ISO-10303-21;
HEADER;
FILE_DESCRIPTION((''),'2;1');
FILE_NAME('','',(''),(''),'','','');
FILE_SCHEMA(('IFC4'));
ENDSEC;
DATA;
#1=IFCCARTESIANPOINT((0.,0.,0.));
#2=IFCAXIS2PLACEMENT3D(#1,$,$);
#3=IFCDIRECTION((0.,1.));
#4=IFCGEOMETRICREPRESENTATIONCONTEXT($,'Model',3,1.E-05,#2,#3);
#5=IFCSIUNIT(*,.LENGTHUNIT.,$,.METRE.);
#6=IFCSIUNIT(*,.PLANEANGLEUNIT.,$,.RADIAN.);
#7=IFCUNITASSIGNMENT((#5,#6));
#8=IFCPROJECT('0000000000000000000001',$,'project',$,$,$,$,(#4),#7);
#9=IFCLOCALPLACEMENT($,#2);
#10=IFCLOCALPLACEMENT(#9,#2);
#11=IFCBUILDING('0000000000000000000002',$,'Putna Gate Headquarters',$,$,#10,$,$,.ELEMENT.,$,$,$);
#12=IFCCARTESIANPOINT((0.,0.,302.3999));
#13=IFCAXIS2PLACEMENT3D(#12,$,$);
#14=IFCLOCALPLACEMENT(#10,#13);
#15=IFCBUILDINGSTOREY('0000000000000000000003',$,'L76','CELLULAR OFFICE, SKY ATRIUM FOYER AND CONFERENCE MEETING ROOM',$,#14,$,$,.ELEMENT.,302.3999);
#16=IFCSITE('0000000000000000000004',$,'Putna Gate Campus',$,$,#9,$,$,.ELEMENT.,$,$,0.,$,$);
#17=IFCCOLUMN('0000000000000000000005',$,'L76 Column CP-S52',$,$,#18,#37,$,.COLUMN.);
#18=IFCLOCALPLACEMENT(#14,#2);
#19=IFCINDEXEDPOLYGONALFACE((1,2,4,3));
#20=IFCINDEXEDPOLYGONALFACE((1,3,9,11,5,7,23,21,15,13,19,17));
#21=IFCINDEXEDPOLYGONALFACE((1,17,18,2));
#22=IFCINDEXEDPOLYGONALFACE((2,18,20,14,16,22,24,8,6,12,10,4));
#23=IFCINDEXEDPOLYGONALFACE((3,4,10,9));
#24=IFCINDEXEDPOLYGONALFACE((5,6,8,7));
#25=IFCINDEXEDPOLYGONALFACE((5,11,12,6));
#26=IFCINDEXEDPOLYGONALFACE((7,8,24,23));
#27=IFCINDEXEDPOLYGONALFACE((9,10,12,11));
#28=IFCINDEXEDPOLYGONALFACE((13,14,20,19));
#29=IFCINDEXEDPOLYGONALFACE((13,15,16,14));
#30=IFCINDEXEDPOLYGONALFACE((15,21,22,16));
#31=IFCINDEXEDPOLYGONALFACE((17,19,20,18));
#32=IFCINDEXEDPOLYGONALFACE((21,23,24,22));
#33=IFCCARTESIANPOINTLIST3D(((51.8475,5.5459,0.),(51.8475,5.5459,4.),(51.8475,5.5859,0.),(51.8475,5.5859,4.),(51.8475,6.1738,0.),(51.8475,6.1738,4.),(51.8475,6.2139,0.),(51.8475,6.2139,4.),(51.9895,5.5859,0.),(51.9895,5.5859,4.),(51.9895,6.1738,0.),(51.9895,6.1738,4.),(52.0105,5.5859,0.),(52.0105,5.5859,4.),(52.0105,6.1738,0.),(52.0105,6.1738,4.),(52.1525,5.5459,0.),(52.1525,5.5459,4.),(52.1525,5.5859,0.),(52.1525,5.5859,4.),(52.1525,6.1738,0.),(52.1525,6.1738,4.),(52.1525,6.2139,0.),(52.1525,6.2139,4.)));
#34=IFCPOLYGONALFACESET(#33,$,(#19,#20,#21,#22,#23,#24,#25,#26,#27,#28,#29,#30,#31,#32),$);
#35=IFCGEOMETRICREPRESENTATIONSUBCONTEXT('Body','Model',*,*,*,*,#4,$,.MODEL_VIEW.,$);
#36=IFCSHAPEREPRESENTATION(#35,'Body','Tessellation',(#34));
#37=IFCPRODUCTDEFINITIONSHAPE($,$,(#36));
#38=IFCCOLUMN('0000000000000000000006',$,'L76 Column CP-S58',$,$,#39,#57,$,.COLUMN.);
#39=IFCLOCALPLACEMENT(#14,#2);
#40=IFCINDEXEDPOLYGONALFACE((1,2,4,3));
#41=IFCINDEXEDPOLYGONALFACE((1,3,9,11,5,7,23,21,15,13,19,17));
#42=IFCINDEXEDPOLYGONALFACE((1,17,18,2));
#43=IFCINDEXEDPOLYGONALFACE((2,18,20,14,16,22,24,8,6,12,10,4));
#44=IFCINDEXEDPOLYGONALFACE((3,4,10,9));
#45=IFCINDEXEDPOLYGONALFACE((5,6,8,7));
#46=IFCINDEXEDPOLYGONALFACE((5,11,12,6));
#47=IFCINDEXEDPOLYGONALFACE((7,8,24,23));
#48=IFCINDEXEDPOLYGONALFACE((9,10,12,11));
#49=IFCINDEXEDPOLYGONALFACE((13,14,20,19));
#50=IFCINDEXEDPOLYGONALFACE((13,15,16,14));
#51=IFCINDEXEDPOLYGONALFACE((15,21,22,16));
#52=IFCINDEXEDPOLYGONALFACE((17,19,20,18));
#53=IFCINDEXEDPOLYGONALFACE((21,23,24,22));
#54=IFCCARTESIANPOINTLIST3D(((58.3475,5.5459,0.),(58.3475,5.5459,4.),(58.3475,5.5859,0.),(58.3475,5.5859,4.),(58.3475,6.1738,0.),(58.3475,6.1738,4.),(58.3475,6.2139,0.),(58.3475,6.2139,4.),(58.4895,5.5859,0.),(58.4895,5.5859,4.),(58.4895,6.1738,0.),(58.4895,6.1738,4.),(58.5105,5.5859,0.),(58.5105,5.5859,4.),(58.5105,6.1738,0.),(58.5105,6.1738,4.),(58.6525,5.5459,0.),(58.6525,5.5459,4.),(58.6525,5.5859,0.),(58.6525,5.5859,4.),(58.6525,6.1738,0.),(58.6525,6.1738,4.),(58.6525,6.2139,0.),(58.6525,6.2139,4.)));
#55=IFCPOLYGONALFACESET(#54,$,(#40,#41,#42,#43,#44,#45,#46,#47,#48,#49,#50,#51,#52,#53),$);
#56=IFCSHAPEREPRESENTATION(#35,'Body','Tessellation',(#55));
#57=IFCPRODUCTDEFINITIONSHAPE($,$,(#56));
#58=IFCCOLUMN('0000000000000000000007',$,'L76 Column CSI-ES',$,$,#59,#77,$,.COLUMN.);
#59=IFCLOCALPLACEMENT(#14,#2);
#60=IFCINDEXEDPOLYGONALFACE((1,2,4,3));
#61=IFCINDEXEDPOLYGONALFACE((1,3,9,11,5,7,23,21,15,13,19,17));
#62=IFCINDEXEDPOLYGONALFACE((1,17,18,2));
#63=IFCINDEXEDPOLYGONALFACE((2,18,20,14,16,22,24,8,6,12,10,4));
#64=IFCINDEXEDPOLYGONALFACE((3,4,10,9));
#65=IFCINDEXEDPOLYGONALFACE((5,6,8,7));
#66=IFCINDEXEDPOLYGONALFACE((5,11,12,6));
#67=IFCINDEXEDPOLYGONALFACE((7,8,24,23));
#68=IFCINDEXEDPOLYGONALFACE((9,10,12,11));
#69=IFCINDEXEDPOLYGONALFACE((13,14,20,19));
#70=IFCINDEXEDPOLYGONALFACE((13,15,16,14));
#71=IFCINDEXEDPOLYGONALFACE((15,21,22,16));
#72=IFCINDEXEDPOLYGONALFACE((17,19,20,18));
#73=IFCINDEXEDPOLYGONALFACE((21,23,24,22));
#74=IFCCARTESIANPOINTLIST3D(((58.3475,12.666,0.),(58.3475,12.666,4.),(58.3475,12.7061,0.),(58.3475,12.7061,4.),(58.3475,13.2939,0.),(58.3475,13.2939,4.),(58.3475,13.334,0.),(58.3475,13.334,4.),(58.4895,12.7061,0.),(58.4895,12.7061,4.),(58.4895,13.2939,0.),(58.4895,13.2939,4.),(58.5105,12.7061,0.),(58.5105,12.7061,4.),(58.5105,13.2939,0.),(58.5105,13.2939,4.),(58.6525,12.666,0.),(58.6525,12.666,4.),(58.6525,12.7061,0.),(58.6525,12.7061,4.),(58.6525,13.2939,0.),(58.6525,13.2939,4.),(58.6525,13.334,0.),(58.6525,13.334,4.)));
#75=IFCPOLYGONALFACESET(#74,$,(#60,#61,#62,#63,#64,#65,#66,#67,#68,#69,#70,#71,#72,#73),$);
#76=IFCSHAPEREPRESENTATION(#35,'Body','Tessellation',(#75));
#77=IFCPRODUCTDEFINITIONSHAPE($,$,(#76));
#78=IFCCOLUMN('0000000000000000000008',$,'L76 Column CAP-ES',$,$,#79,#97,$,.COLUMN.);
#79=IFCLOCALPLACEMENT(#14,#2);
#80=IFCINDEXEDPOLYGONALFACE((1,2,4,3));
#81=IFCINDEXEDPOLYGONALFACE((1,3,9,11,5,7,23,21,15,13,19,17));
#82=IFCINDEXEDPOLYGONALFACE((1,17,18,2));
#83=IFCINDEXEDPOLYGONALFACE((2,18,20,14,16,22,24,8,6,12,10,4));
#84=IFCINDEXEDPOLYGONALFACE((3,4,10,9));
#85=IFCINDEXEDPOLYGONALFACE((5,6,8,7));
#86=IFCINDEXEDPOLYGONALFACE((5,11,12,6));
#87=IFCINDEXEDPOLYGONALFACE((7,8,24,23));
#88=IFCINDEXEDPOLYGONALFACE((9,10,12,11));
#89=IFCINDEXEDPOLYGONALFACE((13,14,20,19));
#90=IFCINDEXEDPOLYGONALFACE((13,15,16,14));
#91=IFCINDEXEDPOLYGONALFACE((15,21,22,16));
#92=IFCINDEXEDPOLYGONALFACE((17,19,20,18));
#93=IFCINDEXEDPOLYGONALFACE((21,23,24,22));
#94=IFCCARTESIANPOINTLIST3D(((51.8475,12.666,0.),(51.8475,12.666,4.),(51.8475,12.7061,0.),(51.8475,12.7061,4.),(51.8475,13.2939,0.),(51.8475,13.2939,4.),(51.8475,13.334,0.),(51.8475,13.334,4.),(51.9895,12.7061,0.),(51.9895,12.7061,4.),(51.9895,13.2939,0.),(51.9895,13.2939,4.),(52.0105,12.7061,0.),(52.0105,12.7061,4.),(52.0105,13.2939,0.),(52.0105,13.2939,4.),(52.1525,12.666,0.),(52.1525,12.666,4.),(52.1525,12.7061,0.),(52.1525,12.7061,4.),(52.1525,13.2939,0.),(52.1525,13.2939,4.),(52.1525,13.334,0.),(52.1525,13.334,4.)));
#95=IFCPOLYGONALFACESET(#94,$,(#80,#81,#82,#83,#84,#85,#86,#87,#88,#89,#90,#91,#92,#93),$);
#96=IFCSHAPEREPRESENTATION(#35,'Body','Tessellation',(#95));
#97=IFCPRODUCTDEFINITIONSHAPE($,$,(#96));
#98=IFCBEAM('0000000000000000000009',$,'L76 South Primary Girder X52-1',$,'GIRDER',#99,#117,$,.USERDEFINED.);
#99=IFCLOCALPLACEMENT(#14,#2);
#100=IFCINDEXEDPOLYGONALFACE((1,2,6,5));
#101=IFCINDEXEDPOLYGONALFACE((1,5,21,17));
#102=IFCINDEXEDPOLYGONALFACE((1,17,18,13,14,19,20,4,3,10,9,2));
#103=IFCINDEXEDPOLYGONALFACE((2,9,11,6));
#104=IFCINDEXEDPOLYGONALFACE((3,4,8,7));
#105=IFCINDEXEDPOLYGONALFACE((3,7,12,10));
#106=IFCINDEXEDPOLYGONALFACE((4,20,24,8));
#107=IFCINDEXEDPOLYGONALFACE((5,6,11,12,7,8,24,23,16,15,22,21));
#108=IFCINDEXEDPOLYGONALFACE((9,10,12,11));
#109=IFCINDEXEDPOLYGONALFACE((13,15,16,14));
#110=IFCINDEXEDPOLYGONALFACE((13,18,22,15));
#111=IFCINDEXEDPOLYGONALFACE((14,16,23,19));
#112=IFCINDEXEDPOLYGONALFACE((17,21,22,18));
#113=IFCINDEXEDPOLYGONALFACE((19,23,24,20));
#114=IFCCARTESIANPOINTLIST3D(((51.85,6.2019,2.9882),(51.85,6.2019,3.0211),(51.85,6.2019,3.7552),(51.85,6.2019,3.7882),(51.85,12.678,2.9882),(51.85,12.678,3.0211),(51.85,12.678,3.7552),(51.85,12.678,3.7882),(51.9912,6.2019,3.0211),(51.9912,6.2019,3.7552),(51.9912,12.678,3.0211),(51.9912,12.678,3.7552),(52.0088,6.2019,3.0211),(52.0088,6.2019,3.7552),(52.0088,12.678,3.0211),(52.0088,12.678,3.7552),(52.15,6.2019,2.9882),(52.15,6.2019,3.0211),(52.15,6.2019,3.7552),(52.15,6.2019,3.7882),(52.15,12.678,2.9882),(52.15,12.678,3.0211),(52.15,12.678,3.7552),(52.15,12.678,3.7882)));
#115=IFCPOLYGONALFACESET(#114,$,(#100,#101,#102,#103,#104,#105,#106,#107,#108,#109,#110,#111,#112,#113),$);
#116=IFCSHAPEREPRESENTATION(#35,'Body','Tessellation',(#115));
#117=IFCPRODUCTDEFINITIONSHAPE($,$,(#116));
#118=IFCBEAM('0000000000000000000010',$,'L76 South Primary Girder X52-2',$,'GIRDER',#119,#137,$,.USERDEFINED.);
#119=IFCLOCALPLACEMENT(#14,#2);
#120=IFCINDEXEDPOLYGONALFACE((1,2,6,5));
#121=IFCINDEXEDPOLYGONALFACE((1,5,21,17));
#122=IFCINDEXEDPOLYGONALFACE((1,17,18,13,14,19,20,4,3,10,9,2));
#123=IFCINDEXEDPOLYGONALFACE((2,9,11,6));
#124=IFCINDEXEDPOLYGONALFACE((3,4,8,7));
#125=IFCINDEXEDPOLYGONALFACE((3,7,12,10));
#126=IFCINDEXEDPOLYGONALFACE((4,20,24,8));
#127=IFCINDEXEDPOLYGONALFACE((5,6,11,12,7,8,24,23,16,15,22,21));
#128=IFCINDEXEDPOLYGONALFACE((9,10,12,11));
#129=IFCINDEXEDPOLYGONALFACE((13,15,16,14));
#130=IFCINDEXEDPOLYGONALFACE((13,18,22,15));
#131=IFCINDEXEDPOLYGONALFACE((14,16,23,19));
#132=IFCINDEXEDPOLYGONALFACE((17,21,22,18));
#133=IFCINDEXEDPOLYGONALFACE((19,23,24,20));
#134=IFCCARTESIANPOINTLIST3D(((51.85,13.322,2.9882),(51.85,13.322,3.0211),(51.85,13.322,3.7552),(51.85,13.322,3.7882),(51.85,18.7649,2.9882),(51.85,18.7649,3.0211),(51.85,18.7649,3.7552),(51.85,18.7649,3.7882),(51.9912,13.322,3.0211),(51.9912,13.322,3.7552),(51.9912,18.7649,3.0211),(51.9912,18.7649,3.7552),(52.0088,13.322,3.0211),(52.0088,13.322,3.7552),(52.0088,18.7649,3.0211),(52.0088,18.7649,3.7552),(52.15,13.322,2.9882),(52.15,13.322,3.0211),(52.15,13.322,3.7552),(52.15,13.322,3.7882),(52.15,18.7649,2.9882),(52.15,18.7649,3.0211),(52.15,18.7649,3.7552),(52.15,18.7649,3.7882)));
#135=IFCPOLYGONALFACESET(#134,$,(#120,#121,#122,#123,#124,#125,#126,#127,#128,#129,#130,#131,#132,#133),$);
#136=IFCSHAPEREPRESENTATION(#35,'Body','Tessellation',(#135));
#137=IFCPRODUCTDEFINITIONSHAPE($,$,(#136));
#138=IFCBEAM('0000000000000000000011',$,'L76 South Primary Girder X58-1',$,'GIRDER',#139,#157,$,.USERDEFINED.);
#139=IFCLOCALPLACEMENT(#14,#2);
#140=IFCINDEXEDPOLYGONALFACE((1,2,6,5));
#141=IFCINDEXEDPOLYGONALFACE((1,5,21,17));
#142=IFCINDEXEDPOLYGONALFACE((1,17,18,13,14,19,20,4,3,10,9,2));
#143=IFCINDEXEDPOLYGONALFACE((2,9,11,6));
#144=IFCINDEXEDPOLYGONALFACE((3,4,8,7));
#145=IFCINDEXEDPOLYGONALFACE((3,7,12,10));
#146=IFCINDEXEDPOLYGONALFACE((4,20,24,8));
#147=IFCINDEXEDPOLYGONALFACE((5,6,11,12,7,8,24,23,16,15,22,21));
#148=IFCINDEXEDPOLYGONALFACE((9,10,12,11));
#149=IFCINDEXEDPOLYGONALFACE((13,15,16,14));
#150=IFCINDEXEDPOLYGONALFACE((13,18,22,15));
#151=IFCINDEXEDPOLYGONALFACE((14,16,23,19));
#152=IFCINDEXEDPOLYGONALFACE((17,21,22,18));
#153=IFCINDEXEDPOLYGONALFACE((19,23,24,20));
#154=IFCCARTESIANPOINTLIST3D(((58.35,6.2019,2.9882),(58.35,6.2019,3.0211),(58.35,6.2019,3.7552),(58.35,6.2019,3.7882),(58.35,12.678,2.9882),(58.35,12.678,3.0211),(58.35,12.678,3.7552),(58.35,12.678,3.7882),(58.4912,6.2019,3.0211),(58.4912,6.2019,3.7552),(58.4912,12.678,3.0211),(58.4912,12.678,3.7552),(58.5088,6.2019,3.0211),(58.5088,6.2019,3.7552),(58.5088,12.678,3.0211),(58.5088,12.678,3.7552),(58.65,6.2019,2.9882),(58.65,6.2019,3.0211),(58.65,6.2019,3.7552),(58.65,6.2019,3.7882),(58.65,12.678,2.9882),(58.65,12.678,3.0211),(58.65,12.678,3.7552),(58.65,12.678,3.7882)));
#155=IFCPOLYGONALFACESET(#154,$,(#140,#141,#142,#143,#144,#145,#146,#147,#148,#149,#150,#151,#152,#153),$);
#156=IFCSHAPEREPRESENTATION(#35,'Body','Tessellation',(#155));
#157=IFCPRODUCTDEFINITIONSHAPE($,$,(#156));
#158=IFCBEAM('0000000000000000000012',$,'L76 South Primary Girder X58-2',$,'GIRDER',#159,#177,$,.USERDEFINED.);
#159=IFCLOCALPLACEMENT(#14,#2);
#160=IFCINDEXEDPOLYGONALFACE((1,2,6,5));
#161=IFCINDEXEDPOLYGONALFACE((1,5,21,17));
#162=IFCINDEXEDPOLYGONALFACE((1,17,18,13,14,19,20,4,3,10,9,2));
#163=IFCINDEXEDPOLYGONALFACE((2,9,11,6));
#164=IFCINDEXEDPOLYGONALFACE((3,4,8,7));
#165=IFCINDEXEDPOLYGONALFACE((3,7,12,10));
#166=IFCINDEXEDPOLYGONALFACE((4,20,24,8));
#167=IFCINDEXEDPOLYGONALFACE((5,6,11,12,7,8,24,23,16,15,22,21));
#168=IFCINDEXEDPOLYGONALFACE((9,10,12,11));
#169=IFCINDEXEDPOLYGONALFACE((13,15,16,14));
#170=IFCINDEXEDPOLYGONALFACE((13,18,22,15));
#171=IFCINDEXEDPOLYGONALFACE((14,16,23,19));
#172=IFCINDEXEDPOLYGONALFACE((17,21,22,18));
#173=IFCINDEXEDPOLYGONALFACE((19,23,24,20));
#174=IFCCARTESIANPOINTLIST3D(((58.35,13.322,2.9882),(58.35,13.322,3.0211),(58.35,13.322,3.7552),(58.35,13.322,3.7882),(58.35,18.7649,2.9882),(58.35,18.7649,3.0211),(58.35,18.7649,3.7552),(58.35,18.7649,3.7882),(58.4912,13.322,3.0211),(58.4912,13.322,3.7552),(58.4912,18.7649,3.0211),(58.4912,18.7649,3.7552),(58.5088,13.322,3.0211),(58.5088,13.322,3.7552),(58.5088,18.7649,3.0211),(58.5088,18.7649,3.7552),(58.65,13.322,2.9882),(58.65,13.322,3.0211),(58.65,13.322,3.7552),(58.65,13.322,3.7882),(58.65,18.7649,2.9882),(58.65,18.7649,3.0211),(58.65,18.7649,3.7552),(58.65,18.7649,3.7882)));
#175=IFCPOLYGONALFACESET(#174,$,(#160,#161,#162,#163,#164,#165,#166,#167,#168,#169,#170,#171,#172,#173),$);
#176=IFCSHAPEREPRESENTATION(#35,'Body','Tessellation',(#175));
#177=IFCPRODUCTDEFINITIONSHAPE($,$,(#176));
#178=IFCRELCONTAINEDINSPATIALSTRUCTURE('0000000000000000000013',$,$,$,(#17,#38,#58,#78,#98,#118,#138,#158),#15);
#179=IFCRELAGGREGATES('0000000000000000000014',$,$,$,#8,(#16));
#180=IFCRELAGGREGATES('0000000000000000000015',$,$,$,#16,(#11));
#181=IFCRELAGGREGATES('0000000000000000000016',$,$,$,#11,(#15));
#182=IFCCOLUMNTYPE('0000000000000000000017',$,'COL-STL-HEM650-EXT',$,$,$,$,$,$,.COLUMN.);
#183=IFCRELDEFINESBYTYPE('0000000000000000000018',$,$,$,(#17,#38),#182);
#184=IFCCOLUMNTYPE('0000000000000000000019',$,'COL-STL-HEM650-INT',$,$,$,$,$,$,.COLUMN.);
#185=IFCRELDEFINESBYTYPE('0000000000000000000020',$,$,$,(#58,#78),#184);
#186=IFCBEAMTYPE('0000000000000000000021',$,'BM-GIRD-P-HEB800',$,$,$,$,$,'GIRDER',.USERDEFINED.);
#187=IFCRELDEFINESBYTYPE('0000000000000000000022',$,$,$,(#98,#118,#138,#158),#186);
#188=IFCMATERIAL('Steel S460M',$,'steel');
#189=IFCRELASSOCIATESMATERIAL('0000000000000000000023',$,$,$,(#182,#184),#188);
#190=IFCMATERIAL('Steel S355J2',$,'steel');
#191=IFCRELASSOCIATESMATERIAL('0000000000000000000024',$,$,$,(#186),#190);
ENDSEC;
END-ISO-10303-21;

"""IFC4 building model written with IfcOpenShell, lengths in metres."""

from ifc_helpers import new_model, si_unit, direction, frame, origin, origin_2d, place, context, subcontext, project, spatial, i_section, extrude, material, material_profile, profile_set, type_object, element, save


model = new_model("IFC4")

# Units and contexts
model_context = context("Model", 3, precision=1e-05, world=origin(), true_north=direction((0.0, 1.0)))
body_context = subcontext(model_context, "Body", "Model", "MODEL_VIEW")
ifc_project = project(units=[si_unit("LENGTHUNIT", "METRE"), si_unit("PLANEANGLEUNIT", "RADIAN")], contexts=[model_context])

# Site, building, storey
site_placement = place(None, origin())
site = spatial("IfcSite", under=ifc_project, at=site_placement, Name="Putna Gate Campus", CompositionType="ELEMENT", RefElevation=0.0)
building_placement = place(site_placement, origin())
building = spatial("IfcBuilding", under=site, at=building_placement, Name="Putna Gate Headquarters", CompositionType="ELEMENT")
storey_placement = place(building_placement, frame((0.0, 0.0, 302.3999)))
storey = spatial("IfcBuildingStorey", under=building, at=storey_placement, Name="L76", Description="CELLULAR OFFICE, SKY ATRIUM FOYER AND CONFERENCE MEETING ROOM", CompositionType="ELEMENT", Elevation=302.3999)

# Columns
ifc_material_1 = material(Name="Steel S460M", Category="steel")
ifc_material_profile_1 = material_profile(ifc_material_1, i_section(OverallWidth=0.3049, OverallDepth=0.668, WebThickness=0.021, FlangeThickness=0.04, at=origin_2d()), Name="Steel S460M")
ifc_profile_set_1 = profile_set([ifc_material_profile_1], Name="Steel S460M")
column_type_1 = type_object("IfcColumnType", Name="COL-STL-HEM650-EXT", PredefinedType="COLUMN", material=ifc_profile_set_1)
for number, where, z_axis, x_axis, name in (
    (1, (52.0, 5.8799, 0.0), (0.0, 0.0, 1.0), (1.0, 0.0, 0.0), "L76 Column CP-S52"),
    (2, (58.5, 5.8799, 0.0), (0.0, 0.0, 1.0), (1.0, 0.0, 0.0), "L76 Column CP-S58"),
):
    element("IfcColumn", number, at=place(storey_placement, frame(where, z_axis=z_axis, x_axis=x_axis)), inside=storey, type_object=column_type_1, Name=name, PredefinedType="COLUMN", context=body_context, shape_type="SweptSolid", body=[
        extrude(i_section(OverallWidth=0.3049, OverallDepth=0.668, WebThickness=0.021, FlangeThickness=0.04, at=origin_2d()), origin(), (0.0, 0.0, 1.0), 4.0),
    ])
ifc_material_profile_2 = material_profile(ifc_material_1, i_section(OverallWidth=0.3049, OverallDepth=0.668, WebThickness=0.021, FlangeThickness=0.04, at=origin_2d()), Name="Steel S460M")
ifc_profile_set_2 = profile_set([ifc_material_profile_2], Name="Steel S460M")
column_type_2 = type_object("IfcColumnType", Name="COL-STL-HEM650-INT", PredefinedType="COLUMN", material=ifc_profile_set_2)
for number, where, z_axis, x_axis, name in (
    (3, (58.5, 13.0, 0.0), (0.0, 0.0, 1.0), (1.0, 0.0, 0.0), "L76 Column CSI-ES"),
    (4, (52.0, 13.0, 0.0), (0.0, 0.0, 1.0), (1.0, 0.0, 0.0), "L76 Column CAP-ES"),
):
    element("IfcColumn", number, at=place(storey_placement, frame(where, z_axis=z_axis, x_axis=x_axis)), inside=storey, type_object=column_type_2, Name=name, PredefinedType="COLUMN", context=body_context, shape_type="SweptSolid", body=[
        extrude(i_section(OverallWidth=0.3049, OverallDepth=0.668, WebThickness=0.021, FlangeThickness=0.04, at=origin_2d()), origin(), (0.0, 0.0, 1.0), 4.0),
    ])

# Beams
ifc_material_2 = material(Name="Steel S355J2", Category="steel")
ifc_material_profile_3 = material_profile(ifc_material_2, i_section(OverallWidth=0.3, OverallDepth=0.8, WebThickness=0.0176, FlangeThickness=0.033, at=origin_2d()), Name="Steel S355J2")
ifc_profile_set_3 = profile_set([ifc_material_profile_3], Name="Steel S355J2")
beam_type_1 = type_object("IfcBeamType", Name="BM-GIRD-P-HEB800", ElementType="GIRDER", PredefinedType="USERDEFINED", material=ifc_profile_set_3)
beam_1_placement = place(storey_placement, frame((52.0, 6.2019, 3.3882), z_axis=(0.0, 1.0, 0.0), x_axis=(-1.0, 0.0, 0.0)))
element("IfcBeam", 5, at=beam_1_placement, inside=storey, type_object=beam_type_1, Name="L76 South Primary Girder X52-1", ObjectType="GIRDER", PredefinedType="USERDEFINED", context=body_context, shape_type="SweptSolid", body=[
    extrude(i_section(OverallWidth=0.3, OverallDepth=0.8, WebThickness=0.0176, FlangeThickness=0.033, at=origin_2d()), origin(), (0.0, 0.0, 1.0), 6.4761),
])
beam_2_placement = place(storey_placement, frame((52.0, 13.322, 3.3882), z_axis=(0.0, 1.0, 0.0), x_axis=(-1.0, 0.0, 0.0)))
element("IfcBeam", 6, at=beam_2_placement, inside=storey, type_object=beam_type_1, Name="L76 South Primary Girder X52-2", ObjectType="GIRDER", PredefinedType="USERDEFINED", context=body_context, shape_type="SweptSolid", body=[
    extrude(i_section(OverallWidth=0.3, OverallDepth=0.8, WebThickness=0.0176, FlangeThickness=0.033, at=origin_2d()), origin(), (0.0, 0.0, 1.0), 5.4429),
])
beam_3_placement = place(storey_placement, frame((58.5, 6.2019, 3.3882), z_axis=(0.0, 1.0, 0.0), x_axis=(-1.0, 0.0, 0.0)))
element("IfcBeam", 7, at=beam_3_placement, inside=storey, type_object=beam_type_1, Name="L76 South Primary Girder X58-1", ObjectType="GIRDER", PredefinedType="USERDEFINED", context=body_context, shape_type="SweptSolid", body=[
    extrude(i_section(OverallWidth=0.3, OverallDepth=0.8, WebThickness=0.0176, FlangeThickness=0.033, at=origin_2d()), origin(), (0.0, 0.0, 1.0), 6.4761),
])
beam_4_placement = place(storey_placement, frame((58.5, 13.322, 3.3882), z_axis=(0.0, 1.0, 0.0), x_axis=(-1.0, 0.0, 0.0)))
element("IfcBeam", 8, at=beam_4_placement, inside=storey, type_object=beam_type_1, Name="L76 South Primary Girder X58-2", ObjectType="GIRDER", PredefinedType="USERDEFINED", context=body_context, shape_type="SweptSolid", body=[
    extrude(i_section(OverallWidth=0.3, OverallDepth=0.8, WebThickness=0.0176, FlangeThickness=0.033, at=origin_2d()), origin(), (0.0, 0.0, 1.0), 5.4429),
])

save(model, "model.ifc")
